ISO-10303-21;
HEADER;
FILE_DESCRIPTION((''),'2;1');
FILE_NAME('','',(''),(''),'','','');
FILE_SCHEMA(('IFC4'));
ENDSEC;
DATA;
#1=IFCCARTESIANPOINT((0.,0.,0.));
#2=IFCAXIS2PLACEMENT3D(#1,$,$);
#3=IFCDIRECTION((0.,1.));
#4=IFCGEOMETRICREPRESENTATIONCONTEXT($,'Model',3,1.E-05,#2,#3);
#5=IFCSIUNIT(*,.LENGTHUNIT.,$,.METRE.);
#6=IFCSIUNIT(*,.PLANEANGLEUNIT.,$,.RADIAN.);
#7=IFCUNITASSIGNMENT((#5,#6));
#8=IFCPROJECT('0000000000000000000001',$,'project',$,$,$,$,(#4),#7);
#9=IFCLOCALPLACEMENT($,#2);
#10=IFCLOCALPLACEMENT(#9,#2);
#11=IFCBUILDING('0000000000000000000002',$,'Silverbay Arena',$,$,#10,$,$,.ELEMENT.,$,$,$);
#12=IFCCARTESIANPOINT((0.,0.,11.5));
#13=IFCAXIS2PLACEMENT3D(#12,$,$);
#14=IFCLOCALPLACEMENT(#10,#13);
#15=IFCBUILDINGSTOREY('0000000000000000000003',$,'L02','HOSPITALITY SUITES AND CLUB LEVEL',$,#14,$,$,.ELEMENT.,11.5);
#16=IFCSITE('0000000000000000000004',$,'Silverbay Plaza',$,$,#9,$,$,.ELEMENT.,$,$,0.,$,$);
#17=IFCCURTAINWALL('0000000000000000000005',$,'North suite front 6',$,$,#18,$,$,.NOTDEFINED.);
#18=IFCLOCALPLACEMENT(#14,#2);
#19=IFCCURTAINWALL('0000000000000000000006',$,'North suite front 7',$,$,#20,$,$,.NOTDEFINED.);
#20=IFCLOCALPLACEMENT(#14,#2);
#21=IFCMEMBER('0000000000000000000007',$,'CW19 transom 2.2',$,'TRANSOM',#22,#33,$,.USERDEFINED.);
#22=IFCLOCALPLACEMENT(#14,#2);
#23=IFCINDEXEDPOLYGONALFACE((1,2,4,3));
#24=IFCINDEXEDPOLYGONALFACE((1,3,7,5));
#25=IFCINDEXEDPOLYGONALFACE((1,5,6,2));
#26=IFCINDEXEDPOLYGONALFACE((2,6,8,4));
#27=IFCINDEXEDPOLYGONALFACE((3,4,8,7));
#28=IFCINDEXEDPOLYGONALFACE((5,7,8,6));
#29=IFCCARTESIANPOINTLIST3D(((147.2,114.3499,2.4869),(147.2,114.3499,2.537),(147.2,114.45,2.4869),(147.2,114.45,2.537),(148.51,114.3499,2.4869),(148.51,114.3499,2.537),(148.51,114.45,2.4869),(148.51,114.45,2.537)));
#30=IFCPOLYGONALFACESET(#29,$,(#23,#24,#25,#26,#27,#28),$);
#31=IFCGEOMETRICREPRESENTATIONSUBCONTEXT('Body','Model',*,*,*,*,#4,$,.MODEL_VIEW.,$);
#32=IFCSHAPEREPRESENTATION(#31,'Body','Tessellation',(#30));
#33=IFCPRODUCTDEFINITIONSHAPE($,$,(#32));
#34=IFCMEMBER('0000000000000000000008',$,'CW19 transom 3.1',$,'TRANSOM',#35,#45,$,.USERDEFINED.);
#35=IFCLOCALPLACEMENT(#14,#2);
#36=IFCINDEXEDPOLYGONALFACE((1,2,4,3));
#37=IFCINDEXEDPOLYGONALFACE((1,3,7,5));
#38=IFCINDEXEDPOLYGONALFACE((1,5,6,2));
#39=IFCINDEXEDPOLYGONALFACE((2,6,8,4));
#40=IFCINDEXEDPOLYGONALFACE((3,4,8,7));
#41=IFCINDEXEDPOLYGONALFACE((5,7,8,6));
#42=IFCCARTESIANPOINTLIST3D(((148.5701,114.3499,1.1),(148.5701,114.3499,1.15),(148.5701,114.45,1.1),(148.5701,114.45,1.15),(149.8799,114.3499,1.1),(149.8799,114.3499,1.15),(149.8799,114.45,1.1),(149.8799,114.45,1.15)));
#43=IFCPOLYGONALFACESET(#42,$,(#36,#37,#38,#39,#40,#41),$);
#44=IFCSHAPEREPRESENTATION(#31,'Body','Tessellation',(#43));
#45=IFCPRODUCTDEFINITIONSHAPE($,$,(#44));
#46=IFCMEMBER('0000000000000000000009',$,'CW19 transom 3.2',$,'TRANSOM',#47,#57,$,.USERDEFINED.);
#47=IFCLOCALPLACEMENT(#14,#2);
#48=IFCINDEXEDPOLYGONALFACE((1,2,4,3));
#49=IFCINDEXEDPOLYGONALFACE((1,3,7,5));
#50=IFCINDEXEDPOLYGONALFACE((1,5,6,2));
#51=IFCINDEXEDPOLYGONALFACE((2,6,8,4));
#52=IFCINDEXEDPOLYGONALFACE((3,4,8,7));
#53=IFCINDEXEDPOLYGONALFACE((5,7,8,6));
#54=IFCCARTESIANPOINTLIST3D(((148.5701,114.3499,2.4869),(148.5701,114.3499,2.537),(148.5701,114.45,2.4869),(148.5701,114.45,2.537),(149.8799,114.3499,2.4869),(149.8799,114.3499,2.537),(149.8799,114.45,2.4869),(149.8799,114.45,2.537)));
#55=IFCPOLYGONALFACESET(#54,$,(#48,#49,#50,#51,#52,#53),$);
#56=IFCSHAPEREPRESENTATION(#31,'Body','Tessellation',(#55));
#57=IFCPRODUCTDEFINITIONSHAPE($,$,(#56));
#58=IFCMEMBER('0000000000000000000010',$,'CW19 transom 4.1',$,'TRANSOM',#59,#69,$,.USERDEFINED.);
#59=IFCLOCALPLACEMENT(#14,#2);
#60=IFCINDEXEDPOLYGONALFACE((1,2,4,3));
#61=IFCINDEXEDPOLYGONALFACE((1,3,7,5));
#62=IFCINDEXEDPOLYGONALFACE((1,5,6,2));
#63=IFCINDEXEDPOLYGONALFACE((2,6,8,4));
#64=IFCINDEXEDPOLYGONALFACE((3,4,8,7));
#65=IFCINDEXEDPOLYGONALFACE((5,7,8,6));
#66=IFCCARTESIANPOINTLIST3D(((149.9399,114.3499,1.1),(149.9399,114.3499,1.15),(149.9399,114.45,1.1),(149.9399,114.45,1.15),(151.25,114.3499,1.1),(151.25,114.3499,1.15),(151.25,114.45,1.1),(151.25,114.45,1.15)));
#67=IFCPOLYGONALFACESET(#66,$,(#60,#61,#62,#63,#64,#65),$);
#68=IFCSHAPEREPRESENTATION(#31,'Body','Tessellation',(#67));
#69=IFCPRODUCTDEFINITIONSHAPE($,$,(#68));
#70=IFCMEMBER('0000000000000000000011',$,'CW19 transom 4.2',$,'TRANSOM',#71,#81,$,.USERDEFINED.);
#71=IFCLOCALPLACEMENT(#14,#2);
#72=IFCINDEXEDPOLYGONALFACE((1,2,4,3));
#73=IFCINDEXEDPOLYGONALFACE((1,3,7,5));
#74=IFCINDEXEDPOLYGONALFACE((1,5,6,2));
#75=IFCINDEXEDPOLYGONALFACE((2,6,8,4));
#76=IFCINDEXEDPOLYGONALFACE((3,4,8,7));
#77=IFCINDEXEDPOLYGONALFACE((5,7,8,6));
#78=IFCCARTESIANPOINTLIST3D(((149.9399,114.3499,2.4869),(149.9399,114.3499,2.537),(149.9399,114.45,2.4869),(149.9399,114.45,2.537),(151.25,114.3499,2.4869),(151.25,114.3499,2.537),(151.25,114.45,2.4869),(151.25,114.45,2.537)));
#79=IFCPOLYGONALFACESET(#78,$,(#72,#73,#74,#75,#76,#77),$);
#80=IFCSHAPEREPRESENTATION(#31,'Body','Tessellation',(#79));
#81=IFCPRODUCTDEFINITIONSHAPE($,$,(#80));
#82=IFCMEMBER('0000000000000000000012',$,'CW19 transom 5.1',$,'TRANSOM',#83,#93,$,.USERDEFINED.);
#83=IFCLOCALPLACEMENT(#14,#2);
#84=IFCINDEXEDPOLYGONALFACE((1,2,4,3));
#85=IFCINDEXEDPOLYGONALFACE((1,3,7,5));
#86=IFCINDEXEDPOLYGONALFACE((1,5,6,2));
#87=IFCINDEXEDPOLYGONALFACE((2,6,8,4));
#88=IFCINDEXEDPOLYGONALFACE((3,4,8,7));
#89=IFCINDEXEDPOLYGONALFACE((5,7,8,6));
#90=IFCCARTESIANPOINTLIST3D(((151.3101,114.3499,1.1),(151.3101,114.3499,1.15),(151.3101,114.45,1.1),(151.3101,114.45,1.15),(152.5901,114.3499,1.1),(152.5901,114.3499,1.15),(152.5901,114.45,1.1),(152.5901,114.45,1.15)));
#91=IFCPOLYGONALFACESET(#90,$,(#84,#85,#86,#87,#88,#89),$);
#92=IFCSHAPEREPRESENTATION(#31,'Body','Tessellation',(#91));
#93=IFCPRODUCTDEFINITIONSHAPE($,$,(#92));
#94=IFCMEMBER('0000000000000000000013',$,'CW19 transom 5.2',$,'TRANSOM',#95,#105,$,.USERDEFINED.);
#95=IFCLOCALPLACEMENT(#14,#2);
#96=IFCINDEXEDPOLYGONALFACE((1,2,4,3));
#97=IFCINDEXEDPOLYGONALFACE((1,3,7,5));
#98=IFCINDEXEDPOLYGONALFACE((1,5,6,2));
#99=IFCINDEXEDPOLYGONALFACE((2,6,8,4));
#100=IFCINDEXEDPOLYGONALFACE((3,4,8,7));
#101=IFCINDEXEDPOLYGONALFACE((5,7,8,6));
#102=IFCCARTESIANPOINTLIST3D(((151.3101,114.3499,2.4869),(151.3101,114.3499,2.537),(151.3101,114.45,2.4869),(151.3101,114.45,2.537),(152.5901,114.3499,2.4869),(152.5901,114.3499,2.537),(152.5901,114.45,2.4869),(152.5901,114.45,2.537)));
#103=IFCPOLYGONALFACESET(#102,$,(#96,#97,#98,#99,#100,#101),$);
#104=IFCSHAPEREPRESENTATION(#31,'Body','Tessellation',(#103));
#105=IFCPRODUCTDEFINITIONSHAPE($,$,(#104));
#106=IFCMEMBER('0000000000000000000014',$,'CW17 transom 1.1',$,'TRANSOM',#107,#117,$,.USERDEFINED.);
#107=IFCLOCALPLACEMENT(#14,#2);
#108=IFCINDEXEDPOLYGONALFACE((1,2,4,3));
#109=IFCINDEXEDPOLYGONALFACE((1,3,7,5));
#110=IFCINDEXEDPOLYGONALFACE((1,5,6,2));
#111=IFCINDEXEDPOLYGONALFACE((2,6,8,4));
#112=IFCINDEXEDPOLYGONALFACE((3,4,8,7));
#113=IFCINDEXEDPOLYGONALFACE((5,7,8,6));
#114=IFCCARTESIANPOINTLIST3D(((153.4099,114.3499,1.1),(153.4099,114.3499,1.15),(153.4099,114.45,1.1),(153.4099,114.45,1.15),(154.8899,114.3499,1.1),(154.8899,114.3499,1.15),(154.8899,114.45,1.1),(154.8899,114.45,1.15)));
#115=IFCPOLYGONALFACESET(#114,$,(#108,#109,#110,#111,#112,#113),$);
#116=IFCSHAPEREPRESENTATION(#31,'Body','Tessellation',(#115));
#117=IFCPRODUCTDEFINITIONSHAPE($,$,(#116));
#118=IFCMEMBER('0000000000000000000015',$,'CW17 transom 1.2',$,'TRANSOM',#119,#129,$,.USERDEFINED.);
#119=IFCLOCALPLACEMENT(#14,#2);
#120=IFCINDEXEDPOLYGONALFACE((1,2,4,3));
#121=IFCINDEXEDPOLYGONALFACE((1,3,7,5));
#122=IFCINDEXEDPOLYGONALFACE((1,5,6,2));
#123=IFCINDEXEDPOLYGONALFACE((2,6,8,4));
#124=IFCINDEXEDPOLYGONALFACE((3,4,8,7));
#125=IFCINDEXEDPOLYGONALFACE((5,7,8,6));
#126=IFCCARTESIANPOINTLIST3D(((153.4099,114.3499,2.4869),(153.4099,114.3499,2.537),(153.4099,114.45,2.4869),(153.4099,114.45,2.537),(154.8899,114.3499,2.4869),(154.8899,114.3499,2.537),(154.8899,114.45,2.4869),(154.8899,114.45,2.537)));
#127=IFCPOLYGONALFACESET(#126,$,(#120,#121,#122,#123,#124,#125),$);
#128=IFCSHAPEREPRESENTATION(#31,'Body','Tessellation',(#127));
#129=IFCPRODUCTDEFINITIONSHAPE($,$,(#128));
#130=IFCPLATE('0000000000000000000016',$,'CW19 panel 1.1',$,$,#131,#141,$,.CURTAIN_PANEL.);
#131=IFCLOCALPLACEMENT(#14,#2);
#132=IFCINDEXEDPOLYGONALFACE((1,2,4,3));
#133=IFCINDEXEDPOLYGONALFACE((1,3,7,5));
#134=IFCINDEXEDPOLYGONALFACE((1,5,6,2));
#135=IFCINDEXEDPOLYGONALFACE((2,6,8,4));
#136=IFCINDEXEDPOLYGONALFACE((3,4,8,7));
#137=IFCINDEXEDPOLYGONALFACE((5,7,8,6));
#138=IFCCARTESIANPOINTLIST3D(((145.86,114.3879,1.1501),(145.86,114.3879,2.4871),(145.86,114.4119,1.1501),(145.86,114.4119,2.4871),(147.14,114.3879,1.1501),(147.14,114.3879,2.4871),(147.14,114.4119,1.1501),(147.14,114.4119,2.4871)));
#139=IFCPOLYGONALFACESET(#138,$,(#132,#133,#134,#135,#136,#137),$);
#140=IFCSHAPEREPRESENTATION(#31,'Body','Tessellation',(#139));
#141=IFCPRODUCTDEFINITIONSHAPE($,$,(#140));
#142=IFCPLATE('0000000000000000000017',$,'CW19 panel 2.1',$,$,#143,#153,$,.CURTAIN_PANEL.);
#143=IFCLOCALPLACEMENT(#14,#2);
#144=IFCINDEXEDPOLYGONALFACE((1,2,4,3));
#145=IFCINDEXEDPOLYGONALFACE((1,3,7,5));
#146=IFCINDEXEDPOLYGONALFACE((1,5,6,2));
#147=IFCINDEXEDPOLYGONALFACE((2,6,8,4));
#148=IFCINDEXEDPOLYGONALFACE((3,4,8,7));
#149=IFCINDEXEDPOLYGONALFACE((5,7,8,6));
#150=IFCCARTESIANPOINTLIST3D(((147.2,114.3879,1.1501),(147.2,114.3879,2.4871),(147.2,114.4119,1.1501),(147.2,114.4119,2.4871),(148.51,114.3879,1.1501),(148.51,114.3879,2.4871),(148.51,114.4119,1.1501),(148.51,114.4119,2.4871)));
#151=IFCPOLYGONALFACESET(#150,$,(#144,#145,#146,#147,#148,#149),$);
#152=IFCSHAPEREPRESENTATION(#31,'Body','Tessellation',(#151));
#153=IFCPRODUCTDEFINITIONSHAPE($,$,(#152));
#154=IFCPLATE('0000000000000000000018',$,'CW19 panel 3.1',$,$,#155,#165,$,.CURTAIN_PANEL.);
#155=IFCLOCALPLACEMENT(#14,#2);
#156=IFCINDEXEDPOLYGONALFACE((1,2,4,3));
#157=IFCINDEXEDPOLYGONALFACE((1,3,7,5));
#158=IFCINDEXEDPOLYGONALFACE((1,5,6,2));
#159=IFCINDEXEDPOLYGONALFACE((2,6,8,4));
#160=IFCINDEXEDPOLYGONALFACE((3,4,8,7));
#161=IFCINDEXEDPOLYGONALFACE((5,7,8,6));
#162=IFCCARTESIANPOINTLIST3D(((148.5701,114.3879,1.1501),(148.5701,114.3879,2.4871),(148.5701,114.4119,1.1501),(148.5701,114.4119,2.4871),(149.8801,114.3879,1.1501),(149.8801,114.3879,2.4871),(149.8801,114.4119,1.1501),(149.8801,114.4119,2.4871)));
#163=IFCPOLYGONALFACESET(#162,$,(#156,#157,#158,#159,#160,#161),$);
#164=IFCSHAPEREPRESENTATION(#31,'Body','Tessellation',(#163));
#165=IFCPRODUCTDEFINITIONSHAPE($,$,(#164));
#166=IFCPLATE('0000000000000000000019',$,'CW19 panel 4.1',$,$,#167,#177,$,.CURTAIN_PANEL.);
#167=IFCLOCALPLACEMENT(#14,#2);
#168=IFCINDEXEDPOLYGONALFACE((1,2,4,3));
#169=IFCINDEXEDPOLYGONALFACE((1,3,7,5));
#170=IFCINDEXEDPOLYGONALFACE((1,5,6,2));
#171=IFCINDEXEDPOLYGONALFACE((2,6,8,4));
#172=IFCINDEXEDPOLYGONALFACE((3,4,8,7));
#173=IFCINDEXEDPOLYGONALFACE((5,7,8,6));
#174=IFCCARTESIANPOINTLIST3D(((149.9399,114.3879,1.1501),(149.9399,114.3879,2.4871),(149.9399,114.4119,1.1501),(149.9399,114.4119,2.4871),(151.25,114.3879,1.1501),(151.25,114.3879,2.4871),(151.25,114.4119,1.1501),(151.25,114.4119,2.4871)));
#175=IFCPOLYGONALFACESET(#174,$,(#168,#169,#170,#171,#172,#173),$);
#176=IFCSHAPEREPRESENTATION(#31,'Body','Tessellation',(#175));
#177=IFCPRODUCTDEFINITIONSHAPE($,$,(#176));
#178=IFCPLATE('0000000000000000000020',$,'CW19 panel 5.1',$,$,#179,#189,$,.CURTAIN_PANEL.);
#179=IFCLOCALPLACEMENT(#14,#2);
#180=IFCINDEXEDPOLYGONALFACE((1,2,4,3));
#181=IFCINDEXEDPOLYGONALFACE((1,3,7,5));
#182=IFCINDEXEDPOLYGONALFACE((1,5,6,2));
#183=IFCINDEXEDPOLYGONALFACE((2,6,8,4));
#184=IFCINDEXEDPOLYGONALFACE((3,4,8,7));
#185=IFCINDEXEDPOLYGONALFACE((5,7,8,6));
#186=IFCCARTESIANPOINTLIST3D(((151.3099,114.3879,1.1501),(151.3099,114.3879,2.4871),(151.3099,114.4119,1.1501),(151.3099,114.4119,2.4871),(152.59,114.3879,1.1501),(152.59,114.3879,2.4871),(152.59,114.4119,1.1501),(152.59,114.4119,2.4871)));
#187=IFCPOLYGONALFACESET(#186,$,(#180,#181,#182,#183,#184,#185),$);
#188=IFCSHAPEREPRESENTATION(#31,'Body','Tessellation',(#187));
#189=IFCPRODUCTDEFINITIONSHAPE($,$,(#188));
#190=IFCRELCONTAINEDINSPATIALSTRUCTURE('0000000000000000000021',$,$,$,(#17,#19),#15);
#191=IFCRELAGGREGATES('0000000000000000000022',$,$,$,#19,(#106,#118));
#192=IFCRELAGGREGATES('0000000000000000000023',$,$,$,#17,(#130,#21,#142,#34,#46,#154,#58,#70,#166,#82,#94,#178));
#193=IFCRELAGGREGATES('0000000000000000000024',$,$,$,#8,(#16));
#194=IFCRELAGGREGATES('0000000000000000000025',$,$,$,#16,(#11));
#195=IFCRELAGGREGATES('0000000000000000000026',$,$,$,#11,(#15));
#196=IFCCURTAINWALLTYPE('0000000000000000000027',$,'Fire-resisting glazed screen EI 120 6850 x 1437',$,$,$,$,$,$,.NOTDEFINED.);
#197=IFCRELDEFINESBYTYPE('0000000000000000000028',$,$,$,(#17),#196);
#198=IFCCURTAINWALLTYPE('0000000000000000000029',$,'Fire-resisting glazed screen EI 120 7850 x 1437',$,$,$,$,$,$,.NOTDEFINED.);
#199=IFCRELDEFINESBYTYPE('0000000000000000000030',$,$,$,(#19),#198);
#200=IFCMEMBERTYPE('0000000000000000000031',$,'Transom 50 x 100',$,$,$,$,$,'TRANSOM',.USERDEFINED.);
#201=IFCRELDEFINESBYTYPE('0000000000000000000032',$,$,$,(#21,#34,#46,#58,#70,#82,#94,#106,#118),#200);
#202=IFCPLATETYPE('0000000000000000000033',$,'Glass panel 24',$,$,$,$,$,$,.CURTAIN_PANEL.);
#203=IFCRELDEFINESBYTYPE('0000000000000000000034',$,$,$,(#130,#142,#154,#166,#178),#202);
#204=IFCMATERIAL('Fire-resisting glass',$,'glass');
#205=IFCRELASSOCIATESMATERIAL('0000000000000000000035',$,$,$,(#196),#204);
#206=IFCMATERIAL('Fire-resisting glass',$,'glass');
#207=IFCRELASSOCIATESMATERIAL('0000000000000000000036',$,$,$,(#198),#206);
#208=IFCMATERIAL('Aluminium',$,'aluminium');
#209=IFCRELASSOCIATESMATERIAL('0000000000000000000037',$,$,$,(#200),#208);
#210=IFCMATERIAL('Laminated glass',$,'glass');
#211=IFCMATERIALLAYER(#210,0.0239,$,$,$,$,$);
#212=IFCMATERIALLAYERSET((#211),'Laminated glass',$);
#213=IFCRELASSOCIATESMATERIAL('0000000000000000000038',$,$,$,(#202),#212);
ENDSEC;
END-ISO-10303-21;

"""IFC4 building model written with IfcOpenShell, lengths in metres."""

from ifc_helpers import new_model, si_unit, direction, frame, origin, origin_2d, place, context, subcontext, project, spatial, rectangle, extrude, material, layer, layer_set, material_profile, profile_set, type_object, element, aggregate, save


model = new_model("IFC4")

# Units and contexts
model_context = context("Model", 3, precision=1e-05, world=origin(), true_north=direction((0.0, 1.0)))
body_context = subcontext(model_context, "Body", "Model", "MODEL_VIEW")
ifc_project = project(units=[si_unit("LENGTHUNIT", "METRE"), si_unit("PLANEANGLEUNIT", "RADIAN")], contexts=[model_context])

# Site, building, storey
site_placement = place(None, origin())
site = spatial("IfcSite", under=ifc_project, at=site_placement, Name="Silverbay Plaza", CompositionType="ELEMENT", RefElevation=0.0)
building_placement = place(site_placement, origin())
building = spatial("IfcBuilding", under=site, at=building_placement, Name="Silverbay Arena", CompositionType="ELEMENT")
storey_placement = place(building_placement, frame((0.0, 0.0, 11.5)))
storey = spatial("IfcBuildingStorey", under=building, at=storey_placement, Name="L02", Description="HOSPITALITY SUITES AND CLUB LEVEL", CompositionType="ELEMENT", Elevation=11.5)

# Curtain wall
ifc_material_1 = material(Name="Fire-resisting glass", Category="glass")
curtain_wall_type_1 = type_object("IfcCurtainWallType", Name="Fire-resisting glazed screen EI 120 6850 x 1437", PredefinedType="NOTDEFINED", material=ifc_material_1)
curtain_wall_1_placement = place(storey_placement, origin())
curtain_wall_1 = element("IfcCurtainWall", 1, at=curtain_wall_1_placement, inside=storey, type_object=curtain_wall_type_1, Name="North suite front 6", PredefinedType="NOTDEFINED")

# Curtain wall
ifc_material_2 = material(Name="Fire-resisting glass", Category="glass")
curtain_wall_type_2 = type_object("IfcCurtainWallType", Name="Fire-resisting glazed screen EI 120 7850 x 1437", PredefinedType="NOTDEFINED", material=ifc_material_2)
curtain_wall_2_placement = place(storey_placement, origin())
curtain_wall_2 = element("IfcCurtainWall", 2, at=curtain_wall_2_placement, inside=storey, type_object=curtain_wall_type_2, Name="North suite front 7", PredefinedType="NOTDEFINED")

# Members
ifc_material_3 = material(Name="Aluminium", Category="aluminium")
ifc_material_profile_1 = material_profile(ifc_material_3, rectangle(XDim=0.1001, YDim=0.05, at=origin_2d()), Name="Transom 50 x 100")
ifc_profile_set_1 = profile_set([ifc_material_profile_1], Name="Aluminium")
member_type_1 = type_object("IfcMemberType", Name="Transom 50 x 100", ElementType="TRANSOM", PredefinedType="USERDEFINED", material=ifc_profile_set_1)
member_1_placement = place(storey_placement, frame((147.2, 114.3999, 2.512), z_axis=(1.0, 0.0, 0.0), x_axis=(0.0, 1.0, 0.0)))
member_1 = element("IfcMember", 3, at=member_1_placement, type_object=member_type_1, Name="CW19 transom 2.2", ObjectType="TRANSOM", PredefinedType="USERDEFINED", context=body_context, shape_type="SweptSolid", body=[
    extrude(rectangle(XDim=0.1001, YDim=0.05, at=origin_2d()), origin(), (0.0, 0.0, 1.0), 1.3101),
])
member_2_placement = place(storey_placement, frame((148.5701, 114.3999, 1.125), z_axis=(1.0, 0.0, 0.0), x_axis=(0.0, 1.0, 0.0)))
member_2 = element("IfcMember", 4, at=member_2_placement, type_object=member_type_1, Name="CW19 transom 3.1", ObjectType="TRANSOM", PredefinedType="USERDEFINED", context=body_context, shape_type="SweptSolid", body=[
    extrude(rectangle(XDim=0.1001, YDim=0.05, at=origin_2d()), origin(), (0.0, 0.0, 1.0), 1.3098),
])
member_3_placement = place(storey_placement, frame((148.5701, 114.3999, 2.512), z_axis=(1.0, 0.0, 0.0), x_axis=(0.0, 1.0, 0.0)))
member_3 = element("IfcMember", 5, at=member_3_placement, type_object=member_type_1, Name="CW19 transom 3.2", ObjectType="TRANSOM", PredefinedType="USERDEFINED", context=body_context, shape_type="SweptSolid", body=[
    extrude(rectangle(XDim=0.1001, YDim=0.05, at=origin_2d()), origin(), (0.0, 0.0, 1.0), 1.3098),
])
member_4_placement = place(storey_placement, frame((149.9399, 114.3999, 1.125), z_axis=(1.0, 0.0, 0.0), x_axis=(0.0, 1.0, 0.0)))
member_4 = element("IfcMember", 6, at=member_4_placement, type_object=member_type_1, Name="CW19 transom 4.1", ObjectType="TRANSOM", PredefinedType="USERDEFINED", context=body_context, shape_type="SweptSolid", body=[
    extrude(rectangle(XDim=0.1001, YDim=0.05, at=origin_2d()), origin(), (0.0, 0.0, 1.0), 1.3101),
])
member_5_placement = place(storey_placement, frame((149.9399, 114.3999, 2.512), z_axis=(1.0, 0.0, 0.0), x_axis=(0.0, 1.0, 0.0)))
member_5 = element("IfcMember", 7, at=member_5_placement, type_object=member_type_1, Name="CW19 transom 4.2", ObjectType="TRANSOM", PredefinedType="USERDEFINED", context=body_context, shape_type="SweptSolid", body=[
    extrude(rectangle(XDim=0.1001, YDim=0.05, at=origin_2d()), origin(), (0.0, 0.0, 1.0), 1.3101),
])
member_6_placement = place(storey_placement, frame((151.3101, 114.3999, 1.125), z_axis=(1.0, 0.0, 0.0), x_axis=(0.0, 1.0, 0.0)))
member_6 = element("IfcMember", 8, at=member_6_placement, type_object=member_type_1, Name="CW19 transom 5.1", ObjectType="TRANSOM", PredefinedType="USERDEFINED", context=body_context, shape_type="SweptSolid", body=[
    extrude(rectangle(XDim=0.1001, YDim=0.05, at=origin_2d()), origin(), (0.0, 0.0, 1.0), 1.28),
])
member_7_placement = place(storey_placement, frame((151.3101, 114.3999, 2.512), z_axis=(1.0, 0.0, 0.0), x_axis=(0.0, 1.0, 0.0)))
member_7 = element("IfcMember", 9, at=member_7_placement, type_object=member_type_1, Name="CW19 transom 5.2", ObjectType="TRANSOM", PredefinedType="USERDEFINED", context=body_context, shape_type="SweptSolid", body=[
    extrude(rectangle(XDim=0.1001, YDim=0.05, at=origin_2d()), origin(), (0.0, 0.0, 1.0), 1.28),
])
member_8_placement = place(storey_placement, frame((153.4099, 114.3999, 1.125), z_axis=(1.0, 0.0, 0.0), x_axis=(0.0, 1.0, 0.0)))
member_8 = element("IfcMember", 10, at=member_8_placement, type_object=member_type_1, Name="CW17 transom 1.1", ObjectType="TRANSOM", PredefinedType="USERDEFINED", context=body_context, shape_type="SweptSolid", body=[
    extrude(rectangle(XDim=0.1001, YDim=0.05, at=origin_2d()), origin(), (0.0, 0.0, 1.0), 1.48),
])
member_9_placement = place(storey_placement, frame((153.4099, 114.3999, 2.512), z_axis=(1.0, 0.0, 0.0), x_axis=(0.0, 1.0, 0.0)))
member_9 = element("IfcMember", 11, at=member_9_placement, type_object=member_type_1, Name="CW17 transom 1.2", ObjectType="TRANSOM", PredefinedType="USERDEFINED", context=body_context, shape_type="SweptSolid", body=[
    extrude(rectangle(XDim=0.1001, YDim=0.05, at=origin_2d()), origin(), (0.0, 0.0, 1.0), 1.48),
])
aggregate(curtain_wall_2, [member_8, member_9])

# Plates
ifc_material_4 = material(Name="Laminated glass", Category="glass")
ifc_layer_1 = layer(ifc_material_4, 0.0239)
ifc_layer_set_1 = layer_set([ifc_layer_1], Name="Laminated glass")
plate_type = type_object("IfcPlateType", Name="Glass panel 24", PredefinedType="CURTAIN_PANEL", material=ifc_layer_set_1)
plate_1_placement = place(storey_placement, frame((146.5, 114.3999, 1.1501), z_axis=(0.0, 0.0, 1.0), x_axis=(1.0, 0.0, 0.0)))
plate_1 = element("IfcPlate", 12, at=plate_1_placement, type_object=plate_type, Name="CW19 panel 1.1", PredefinedType="CURTAIN_PANEL", context=body_context, shape_type="SweptSolid", body=[
    extrude(rectangle(XDim=1.28, YDim=0.0239, at=origin_2d()), origin(), (0.0, 0.0, 1.0), 1.3369),
])
plate_2_placement = place(storey_placement, frame((147.855, 114.3999, 1.1501), z_axis=(0.0, 0.0, 1.0), x_axis=(1.0, 0.0, 0.0)))
plate_2 = element("IfcPlate", 13, at=plate_2_placement, type_object=plate_type, Name="CW19 panel 2.1", PredefinedType="CURTAIN_PANEL", context=body_context, shape_type="SweptSolid", body=[
    extrude(rectangle(XDim=1.3101, YDim=0.0239, at=origin_2d()), origin(), (0.0, 0.0, 1.0), 1.3369),
])
plate_3_placement = place(storey_placement, frame((149.2251, 114.3999, 1.1501), z_axis=(0.0, 0.0, 1.0), x_axis=(1.0, 0.0, 0.0)))
plate_3 = element("IfcPlate", 14, at=plate_3_placement, type_object=plate_type, Name="CW19 panel 3.1", PredefinedType="CURTAIN_PANEL", context=body_context, shape_type="SweptSolid", body=[
    extrude(rectangle(XDim=1.3101, YDim=0.0239, at=origin_2d()), origin(), (0.0, 0.0, 1.0), 1.3369),
])
plate_4_placement = place(storey_placement, frame((150.595, 114.3999, 1.1501), z_axis=(0.0, 0.0, 1.0), x_axis=(1.0, 0.0, 0.0)))
plate_4 = element("IfcPlate", 15, at=plate_4_placement, type_object=plate_type, Name="CW19 panel 4.1", PredefinedType="CURTAIN_PANEL", context=body_context, shape_type="SweptSolid", body=[
    extrude(rectangle(XDim=1.3101, YDim=0.0239, at=origin_2d()), origin(), (0.0, 0.0, 1.0), 1.3369),
])
plate_5_placement = place(storey_placement, frame((151.95, 114.3999, 1.1501), z_axis=(0.0, 0.0, 1.0), x_axis=(1.0, 0.0, 0.0)))
plate_5 = element("IfcPlate", 16, at=plate_5_placement, type_object=plate_type, Name="CW19 panel 5.1", PredefinedType="CURTAIN_PANEL", context=body_context, shape_type="SweptSolid", body=[
    extrude(rectangle(XDim=1.28, YDim=0.0239, at=origin_2d()), origin(), (0.0, 0.0, 1.0), 1.3369),
])
aggregate(curtain_wall_1, [plate_1, member_1, plate_2, member_2, member_3, plate_3, member_4, member_5, plate_4, member_6, member_7, plate_5])

save(model, "model.ifc")
